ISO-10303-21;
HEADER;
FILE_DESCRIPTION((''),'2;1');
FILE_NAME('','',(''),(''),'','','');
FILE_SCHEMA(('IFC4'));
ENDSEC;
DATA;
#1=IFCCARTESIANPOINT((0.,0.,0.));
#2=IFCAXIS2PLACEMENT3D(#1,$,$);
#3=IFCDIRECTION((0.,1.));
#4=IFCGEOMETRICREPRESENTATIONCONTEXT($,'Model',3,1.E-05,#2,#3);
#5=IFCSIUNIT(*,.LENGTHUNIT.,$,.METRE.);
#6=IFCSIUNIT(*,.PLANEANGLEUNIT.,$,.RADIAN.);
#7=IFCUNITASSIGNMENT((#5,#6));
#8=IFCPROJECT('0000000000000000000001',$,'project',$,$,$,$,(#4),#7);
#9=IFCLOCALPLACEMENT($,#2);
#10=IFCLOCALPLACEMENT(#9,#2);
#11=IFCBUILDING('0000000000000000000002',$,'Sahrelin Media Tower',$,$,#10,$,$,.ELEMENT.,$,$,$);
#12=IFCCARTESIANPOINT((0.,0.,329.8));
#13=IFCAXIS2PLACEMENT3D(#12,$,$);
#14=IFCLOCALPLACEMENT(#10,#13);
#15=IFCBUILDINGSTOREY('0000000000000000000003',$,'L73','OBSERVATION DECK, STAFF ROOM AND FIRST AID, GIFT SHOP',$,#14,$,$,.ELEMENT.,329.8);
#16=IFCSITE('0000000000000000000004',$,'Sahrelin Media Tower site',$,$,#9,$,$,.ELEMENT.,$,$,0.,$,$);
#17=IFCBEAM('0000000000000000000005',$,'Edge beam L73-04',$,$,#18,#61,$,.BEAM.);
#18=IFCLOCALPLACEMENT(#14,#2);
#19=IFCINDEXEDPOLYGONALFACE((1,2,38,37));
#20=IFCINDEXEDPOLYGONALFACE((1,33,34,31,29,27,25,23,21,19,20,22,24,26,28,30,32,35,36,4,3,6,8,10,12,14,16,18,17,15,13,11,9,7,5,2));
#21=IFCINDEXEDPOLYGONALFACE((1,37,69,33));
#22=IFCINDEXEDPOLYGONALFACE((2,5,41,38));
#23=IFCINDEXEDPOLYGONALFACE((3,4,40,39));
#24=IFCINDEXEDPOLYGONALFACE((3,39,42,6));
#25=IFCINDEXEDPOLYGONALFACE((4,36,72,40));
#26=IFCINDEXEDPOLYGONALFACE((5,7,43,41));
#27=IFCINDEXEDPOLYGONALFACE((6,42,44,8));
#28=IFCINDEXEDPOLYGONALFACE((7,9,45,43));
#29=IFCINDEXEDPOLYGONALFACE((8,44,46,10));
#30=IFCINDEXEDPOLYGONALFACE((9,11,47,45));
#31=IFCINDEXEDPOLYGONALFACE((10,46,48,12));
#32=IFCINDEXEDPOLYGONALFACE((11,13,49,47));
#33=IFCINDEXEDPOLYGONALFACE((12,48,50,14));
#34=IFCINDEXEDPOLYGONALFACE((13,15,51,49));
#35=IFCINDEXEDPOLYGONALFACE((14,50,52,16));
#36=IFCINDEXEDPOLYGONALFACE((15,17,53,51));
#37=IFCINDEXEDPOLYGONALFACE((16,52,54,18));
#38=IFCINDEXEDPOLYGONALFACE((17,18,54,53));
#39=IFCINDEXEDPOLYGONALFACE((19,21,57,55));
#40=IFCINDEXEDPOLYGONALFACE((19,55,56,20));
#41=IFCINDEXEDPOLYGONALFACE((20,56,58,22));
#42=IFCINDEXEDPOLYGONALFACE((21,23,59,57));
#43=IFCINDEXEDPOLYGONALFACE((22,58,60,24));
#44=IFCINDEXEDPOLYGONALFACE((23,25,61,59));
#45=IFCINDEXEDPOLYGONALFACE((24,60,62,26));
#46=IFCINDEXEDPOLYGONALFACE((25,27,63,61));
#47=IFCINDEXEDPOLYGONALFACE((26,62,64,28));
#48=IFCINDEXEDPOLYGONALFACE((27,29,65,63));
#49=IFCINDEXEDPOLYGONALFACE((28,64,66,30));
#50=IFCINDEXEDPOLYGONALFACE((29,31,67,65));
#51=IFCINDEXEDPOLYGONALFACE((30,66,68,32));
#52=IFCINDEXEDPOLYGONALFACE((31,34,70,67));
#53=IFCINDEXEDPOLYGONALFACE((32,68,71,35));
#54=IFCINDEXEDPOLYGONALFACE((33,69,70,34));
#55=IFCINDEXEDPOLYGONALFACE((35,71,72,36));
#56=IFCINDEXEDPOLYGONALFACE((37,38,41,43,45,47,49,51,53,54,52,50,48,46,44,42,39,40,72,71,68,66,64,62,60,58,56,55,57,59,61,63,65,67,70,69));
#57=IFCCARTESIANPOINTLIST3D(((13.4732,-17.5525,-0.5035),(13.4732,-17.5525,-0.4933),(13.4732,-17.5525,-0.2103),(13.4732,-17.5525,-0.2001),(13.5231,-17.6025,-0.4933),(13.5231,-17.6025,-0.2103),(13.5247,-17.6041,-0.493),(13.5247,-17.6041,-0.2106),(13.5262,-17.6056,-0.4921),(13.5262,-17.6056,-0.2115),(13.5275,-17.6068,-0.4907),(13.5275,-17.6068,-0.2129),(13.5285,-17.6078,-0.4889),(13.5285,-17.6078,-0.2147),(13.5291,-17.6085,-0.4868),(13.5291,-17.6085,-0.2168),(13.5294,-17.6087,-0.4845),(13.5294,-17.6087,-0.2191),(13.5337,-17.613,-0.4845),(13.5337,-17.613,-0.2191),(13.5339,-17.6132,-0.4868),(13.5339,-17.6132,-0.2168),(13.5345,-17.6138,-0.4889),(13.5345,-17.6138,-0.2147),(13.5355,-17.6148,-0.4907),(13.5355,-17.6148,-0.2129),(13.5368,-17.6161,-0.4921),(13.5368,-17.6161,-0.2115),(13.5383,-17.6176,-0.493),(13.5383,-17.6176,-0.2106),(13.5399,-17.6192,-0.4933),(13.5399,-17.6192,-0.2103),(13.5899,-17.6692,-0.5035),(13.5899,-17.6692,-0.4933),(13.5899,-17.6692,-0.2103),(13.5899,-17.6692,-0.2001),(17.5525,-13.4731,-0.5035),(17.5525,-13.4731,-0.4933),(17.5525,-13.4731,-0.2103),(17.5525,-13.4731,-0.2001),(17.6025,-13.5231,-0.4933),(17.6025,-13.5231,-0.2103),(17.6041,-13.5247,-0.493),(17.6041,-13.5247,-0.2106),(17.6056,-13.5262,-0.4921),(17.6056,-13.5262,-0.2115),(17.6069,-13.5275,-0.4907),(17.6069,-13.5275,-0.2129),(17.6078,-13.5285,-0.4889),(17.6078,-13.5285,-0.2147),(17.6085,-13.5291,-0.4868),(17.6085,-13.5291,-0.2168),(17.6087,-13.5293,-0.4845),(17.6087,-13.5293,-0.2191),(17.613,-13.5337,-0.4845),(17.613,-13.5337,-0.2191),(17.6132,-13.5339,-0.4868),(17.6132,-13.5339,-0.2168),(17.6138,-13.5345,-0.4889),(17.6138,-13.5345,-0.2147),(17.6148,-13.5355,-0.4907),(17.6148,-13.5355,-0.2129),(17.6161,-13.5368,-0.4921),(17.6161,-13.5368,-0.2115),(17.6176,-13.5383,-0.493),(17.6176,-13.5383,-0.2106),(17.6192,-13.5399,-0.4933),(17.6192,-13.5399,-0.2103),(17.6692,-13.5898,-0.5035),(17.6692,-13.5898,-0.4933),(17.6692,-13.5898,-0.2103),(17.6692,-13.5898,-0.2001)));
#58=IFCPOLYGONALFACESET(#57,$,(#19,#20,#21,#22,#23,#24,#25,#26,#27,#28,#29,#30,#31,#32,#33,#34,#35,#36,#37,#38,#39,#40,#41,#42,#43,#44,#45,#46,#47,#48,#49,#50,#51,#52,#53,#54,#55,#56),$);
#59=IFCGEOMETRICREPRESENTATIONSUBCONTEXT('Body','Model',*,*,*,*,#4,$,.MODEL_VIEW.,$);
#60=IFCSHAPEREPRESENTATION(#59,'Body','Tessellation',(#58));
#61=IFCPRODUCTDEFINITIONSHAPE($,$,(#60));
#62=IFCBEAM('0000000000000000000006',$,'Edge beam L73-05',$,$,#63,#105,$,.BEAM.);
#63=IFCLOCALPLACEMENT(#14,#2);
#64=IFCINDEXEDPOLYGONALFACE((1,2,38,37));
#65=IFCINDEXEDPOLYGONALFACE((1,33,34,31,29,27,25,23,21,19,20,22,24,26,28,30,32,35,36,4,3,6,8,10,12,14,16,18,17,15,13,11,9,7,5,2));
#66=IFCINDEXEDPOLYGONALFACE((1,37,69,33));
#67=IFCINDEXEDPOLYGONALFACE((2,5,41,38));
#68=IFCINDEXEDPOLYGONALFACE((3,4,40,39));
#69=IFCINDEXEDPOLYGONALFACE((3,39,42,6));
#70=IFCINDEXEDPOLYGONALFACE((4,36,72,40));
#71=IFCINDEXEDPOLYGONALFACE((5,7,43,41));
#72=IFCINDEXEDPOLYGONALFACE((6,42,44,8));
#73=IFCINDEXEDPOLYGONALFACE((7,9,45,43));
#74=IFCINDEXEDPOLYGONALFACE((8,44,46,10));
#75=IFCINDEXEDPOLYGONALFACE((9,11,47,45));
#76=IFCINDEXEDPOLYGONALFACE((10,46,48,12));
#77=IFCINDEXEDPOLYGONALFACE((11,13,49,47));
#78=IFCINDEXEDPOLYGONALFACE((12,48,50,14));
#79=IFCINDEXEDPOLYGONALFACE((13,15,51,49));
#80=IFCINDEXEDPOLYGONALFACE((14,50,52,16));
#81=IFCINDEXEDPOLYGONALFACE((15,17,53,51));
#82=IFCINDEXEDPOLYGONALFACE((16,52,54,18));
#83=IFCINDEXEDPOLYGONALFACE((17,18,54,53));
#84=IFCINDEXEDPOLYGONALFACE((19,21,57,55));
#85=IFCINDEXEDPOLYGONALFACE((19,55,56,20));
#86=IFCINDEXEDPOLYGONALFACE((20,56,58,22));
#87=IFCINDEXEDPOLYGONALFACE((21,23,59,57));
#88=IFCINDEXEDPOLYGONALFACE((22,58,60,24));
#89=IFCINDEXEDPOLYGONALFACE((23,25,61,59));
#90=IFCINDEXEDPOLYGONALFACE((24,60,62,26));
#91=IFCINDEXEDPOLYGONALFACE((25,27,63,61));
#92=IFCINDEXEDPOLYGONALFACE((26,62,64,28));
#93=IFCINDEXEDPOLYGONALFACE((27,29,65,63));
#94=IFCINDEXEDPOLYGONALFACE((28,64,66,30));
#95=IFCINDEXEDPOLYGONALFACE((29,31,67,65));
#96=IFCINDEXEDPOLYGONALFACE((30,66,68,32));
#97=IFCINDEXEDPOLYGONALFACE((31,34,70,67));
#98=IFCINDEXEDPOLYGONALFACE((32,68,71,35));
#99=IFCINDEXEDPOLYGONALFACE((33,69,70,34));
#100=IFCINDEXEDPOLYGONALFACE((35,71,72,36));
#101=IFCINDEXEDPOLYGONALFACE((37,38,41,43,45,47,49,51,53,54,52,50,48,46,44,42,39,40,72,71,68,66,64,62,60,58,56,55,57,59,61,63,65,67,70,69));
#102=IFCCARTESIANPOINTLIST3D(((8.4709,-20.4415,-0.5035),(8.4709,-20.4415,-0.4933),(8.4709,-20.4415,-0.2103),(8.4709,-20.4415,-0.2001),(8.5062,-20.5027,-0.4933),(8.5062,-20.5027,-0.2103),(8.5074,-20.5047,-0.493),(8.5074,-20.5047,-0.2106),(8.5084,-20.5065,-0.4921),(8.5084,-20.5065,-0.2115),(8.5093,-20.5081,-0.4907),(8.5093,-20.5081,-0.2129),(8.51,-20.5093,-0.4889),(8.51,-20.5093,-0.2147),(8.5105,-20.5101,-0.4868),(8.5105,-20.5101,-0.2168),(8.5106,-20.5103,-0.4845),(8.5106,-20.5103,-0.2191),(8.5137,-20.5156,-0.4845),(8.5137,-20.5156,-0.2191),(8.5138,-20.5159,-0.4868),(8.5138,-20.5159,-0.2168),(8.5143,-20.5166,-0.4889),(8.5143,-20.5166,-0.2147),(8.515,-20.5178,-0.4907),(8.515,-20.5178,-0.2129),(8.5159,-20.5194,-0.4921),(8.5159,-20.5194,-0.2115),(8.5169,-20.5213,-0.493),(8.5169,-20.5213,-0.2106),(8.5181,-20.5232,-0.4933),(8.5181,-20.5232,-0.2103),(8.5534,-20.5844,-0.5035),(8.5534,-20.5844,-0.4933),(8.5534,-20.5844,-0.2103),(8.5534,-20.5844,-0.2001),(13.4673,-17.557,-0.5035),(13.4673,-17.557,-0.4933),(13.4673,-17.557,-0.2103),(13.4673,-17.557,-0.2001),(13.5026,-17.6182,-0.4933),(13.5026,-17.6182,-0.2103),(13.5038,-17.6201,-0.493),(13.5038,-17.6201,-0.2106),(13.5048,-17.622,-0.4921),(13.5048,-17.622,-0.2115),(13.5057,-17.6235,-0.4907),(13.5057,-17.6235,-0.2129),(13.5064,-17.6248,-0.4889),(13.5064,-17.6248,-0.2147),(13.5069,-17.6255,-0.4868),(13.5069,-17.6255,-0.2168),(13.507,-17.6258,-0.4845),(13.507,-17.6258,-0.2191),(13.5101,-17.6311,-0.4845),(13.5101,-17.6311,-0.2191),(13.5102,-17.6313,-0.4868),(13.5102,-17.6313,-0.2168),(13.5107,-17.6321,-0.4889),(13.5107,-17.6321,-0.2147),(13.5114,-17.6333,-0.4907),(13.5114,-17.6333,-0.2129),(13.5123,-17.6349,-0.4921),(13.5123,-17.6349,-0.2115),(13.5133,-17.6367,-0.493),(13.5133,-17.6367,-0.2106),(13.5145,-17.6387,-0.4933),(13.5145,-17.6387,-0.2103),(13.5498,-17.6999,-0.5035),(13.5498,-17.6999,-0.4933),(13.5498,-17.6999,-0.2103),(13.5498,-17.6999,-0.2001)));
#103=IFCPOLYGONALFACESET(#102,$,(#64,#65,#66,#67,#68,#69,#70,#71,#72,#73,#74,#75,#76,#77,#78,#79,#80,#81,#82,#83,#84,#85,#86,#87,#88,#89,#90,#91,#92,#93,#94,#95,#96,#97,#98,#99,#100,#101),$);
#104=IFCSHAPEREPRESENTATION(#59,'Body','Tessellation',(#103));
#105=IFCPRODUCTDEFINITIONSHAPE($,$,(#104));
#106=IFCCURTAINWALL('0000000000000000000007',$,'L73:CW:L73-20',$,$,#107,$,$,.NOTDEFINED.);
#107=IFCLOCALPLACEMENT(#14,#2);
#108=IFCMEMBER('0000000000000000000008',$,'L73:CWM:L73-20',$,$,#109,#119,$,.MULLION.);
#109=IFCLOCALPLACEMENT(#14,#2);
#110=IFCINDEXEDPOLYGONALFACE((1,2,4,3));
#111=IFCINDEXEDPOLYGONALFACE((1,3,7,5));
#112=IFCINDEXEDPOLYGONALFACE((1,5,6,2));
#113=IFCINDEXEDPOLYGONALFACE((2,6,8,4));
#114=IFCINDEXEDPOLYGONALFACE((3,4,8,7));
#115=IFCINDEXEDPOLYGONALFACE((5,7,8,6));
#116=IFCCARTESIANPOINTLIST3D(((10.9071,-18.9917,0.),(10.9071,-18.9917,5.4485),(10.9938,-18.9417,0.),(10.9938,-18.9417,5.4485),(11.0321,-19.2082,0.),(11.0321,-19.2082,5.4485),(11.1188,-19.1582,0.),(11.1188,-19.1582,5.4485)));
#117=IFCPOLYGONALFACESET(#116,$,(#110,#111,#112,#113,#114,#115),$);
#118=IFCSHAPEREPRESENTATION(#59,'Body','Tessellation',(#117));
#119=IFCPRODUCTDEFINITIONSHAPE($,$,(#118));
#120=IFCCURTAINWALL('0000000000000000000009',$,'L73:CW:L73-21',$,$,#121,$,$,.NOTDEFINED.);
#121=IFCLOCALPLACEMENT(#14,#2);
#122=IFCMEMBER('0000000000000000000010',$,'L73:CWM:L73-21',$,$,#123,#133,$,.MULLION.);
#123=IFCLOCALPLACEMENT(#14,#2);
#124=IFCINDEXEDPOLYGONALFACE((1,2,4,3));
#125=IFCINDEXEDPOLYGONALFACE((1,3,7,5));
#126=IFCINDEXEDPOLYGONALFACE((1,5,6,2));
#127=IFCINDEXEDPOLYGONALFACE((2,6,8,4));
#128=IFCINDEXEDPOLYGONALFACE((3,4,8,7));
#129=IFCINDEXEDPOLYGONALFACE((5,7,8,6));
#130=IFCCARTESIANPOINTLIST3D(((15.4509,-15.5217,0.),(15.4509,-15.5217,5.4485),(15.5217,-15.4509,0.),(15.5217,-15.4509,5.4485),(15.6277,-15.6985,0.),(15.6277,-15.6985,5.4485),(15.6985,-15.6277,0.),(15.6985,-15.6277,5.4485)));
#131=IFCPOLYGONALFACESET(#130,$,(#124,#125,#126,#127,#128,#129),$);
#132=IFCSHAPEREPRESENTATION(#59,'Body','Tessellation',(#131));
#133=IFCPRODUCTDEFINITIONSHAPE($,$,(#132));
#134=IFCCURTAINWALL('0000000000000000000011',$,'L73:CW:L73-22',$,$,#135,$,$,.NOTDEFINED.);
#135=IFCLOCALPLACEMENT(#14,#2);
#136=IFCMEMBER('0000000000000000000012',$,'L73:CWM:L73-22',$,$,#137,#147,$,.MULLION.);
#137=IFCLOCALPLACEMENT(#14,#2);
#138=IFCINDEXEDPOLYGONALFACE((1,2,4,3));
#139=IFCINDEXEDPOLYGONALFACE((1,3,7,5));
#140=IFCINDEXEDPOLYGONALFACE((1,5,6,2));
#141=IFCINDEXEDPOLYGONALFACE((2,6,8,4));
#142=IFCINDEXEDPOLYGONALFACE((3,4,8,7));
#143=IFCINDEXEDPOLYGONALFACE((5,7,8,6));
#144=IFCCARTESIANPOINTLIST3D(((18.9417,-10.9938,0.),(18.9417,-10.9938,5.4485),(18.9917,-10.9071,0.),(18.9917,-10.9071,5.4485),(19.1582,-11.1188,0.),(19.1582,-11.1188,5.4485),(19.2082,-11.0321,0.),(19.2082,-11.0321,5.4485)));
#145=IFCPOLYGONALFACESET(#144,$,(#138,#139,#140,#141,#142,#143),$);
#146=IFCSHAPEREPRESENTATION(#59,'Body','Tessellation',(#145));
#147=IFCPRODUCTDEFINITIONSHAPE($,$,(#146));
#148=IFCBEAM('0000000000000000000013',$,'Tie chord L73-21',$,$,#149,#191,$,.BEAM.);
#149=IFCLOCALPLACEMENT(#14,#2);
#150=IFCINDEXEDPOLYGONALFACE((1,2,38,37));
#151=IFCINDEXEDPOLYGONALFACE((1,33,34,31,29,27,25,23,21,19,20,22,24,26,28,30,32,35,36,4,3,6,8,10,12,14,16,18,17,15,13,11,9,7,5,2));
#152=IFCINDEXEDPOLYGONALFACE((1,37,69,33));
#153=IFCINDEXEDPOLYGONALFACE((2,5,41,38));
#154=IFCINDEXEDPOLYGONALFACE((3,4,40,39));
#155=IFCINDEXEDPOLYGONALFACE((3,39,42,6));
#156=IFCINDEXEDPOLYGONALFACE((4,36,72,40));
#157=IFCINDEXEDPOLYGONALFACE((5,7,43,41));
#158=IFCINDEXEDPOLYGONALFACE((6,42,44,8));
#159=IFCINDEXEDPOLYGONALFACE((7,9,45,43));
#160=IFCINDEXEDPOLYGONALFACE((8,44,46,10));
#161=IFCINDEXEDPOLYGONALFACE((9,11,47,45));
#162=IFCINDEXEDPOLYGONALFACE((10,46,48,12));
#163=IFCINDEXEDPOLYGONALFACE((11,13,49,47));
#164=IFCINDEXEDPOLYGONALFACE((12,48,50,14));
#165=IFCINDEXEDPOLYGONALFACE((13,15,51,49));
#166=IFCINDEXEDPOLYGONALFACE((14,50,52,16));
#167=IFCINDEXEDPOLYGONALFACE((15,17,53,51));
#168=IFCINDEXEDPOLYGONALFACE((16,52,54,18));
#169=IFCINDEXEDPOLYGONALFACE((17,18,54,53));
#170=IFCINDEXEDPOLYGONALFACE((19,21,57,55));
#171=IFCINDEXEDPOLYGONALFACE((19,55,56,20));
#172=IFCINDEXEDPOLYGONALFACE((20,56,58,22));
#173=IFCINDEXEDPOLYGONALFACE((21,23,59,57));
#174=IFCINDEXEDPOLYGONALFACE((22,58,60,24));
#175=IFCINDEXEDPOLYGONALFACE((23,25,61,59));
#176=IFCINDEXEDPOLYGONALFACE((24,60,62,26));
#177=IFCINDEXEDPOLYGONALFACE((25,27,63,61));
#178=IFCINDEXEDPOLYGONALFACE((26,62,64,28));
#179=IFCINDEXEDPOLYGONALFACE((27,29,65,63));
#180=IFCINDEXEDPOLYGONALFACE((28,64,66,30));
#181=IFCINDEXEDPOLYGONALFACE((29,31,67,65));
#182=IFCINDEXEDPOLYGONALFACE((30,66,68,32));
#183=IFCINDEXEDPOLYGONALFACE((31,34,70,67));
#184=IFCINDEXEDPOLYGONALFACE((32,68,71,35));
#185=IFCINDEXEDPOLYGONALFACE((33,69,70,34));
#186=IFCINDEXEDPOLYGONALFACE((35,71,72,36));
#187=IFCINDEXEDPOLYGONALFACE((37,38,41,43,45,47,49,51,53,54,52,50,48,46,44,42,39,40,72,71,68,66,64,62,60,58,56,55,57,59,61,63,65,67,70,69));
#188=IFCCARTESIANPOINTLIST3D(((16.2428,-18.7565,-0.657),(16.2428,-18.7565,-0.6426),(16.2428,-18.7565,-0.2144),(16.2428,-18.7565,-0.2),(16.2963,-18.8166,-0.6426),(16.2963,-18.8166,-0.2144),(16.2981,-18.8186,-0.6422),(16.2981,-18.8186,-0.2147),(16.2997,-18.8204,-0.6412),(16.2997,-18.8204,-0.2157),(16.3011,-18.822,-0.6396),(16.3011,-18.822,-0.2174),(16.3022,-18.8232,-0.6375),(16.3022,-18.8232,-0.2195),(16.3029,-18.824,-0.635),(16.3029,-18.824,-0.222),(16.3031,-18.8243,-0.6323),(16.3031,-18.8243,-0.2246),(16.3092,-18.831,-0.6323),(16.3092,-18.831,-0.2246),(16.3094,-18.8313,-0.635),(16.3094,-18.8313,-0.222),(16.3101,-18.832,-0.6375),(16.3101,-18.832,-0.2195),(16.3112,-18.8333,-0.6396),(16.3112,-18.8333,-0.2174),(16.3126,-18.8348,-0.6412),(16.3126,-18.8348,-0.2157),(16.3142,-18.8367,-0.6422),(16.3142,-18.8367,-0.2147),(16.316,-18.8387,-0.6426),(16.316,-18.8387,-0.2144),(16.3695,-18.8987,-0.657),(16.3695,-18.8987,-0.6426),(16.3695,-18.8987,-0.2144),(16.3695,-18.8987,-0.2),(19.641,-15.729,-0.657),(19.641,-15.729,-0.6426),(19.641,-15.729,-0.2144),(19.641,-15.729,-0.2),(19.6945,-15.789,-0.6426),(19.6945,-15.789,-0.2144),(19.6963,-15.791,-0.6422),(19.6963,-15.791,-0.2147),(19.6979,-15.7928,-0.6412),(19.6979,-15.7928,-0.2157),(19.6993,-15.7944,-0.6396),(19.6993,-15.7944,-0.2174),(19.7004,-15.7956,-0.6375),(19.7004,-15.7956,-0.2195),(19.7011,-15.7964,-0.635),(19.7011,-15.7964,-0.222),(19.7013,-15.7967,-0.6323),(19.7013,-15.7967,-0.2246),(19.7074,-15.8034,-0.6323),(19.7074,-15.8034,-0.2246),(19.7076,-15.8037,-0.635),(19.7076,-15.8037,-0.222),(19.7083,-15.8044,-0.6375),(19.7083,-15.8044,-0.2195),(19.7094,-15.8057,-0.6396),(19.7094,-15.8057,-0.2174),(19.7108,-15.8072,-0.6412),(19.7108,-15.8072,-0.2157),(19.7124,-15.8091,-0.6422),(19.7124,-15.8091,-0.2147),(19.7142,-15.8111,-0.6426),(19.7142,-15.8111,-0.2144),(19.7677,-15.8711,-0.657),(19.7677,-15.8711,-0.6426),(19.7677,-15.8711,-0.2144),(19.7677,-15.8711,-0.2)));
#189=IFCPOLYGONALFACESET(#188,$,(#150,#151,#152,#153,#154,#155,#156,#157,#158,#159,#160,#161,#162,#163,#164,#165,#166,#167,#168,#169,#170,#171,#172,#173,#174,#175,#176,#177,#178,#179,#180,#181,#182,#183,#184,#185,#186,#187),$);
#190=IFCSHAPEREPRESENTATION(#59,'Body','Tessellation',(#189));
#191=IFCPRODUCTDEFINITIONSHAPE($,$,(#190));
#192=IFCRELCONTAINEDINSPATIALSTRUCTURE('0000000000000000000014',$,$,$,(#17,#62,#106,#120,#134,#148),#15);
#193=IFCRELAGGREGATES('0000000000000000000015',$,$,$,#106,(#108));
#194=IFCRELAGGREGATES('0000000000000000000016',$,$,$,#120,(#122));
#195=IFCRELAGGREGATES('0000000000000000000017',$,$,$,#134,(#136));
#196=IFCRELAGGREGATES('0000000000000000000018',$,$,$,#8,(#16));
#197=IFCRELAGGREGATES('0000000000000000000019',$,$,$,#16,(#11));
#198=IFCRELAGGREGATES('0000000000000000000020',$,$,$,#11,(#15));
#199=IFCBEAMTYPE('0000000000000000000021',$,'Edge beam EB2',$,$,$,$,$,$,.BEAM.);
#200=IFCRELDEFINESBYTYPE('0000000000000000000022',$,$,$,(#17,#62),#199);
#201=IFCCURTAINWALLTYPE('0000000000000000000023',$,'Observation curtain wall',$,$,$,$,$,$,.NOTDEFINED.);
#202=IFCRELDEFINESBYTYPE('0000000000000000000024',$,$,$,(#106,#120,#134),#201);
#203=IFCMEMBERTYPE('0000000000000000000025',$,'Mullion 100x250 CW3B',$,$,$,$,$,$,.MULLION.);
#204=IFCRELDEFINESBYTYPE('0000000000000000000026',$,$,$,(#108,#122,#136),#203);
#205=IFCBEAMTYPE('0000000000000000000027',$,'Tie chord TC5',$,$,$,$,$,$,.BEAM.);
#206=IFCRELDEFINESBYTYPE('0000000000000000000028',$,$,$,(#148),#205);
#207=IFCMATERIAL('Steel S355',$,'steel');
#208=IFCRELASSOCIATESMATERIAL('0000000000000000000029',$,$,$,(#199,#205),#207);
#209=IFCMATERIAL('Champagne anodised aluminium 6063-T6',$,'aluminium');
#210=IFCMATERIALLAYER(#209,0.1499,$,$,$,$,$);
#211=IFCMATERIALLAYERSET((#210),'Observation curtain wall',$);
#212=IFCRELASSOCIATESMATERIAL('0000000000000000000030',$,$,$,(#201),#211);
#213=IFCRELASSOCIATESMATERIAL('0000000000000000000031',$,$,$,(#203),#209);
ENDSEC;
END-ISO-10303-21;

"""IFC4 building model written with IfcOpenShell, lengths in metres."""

from ifc_helpers import new_model, si_unit, direction, frame, origin, origin_2d, place, context, subcontext, project, spatial, rectangle, i_section, extrude, material, layer, layer_set, material_profile, profile_set, type_object, element, aggregate, save


model = new_model("IFC4")

# Units and contexts
model_context = context("Model", 3, precision=1e-05, world=origin(), true_north=direction((0.0, 1.0)))
body_context = subcontext(model_context, "Body", "Model", "MODEL_VIEW")
ifc_project = project(units=[si_unit("LENGTHUNIT", "METRE"), si_unit("PLANEANGLEUNIT", "RADIAN")], contexts=[model_context])

# Site, building, storey
site_placement = place(None, origin())
site = spatial("IfcSite", under=ifc_project, at=site_placement, Name="Sahrelin Media Tower site", CompositionType="ELEMENT", RefElevation=0.0)
building_placement = place(site_placement, origin())
building = spatial("IfcBuilding", under=site, at=building_placement, Name="Sahrelin Media Tower", CompositionType="ELEMENT")
storey_placement = place(building_placement, frame((0.0, 0.0, 329.8)))
storey = spatial("IfcBuildingStorey", under=building, at=storey_placement, Name="L73", Description="OBSERVATION DECK, STAFF ROOM AND FIRST AID, GIFT SHOP", CompositionType="ELEMENT", Elevation=329.8)

# Beams
ifc_material_1 = material(Name="Steel S355", Category="steel")
ifc_material_profile_1 = material_profile(ifc_material_1, i_section(OverallWidth=0.165, OverallDepth=0.3035, WebThickness=0.0061, FlangeThickness=0.0103, FilletRadius=0.0088, at=origin_2d()), Name="UB 305x165x40")
ifc_profile_set_1 = profile_set([ifc_material_profile_1], Name="Steel S355")
beam_type_1 = type_object("IfcBeamType", Name="Edge beam EB2", PredefinedType="BEAM", material=ifc_profile_set_1)
beam_1_placement = place(storey_placement, frame((17.6108, -13.5315, -0.3518), z_axis=(-0.707107, -0.707107, 0.0), x_axis=(0.707107, -0.707107, 0.0)))
element("IfcBeam", 1, at=beam_1_placement, inside=storey, type_object=beam_type_1, Name="Edge beam L73-04", PredefinedType="BEAM", context=body_context, shape_type="SweptSolid", body=[
    extrude(i_section(OverallWidth=0.165, OverallDepth=0.3035, WebThickness=0.0061, FlangeThickness=0.0103, FilletRadius=0.0088, at=origin_2d()), origin(), (0.0, 0.0, 1.0), 5.769),
])
beam_2_placement = place(storey_placement, frame((13.5085, -17.6284, -0.3518), z_axis=(-0.866034, -0.499985, 0.0), x_axis=(0.499985, -0.866034, 0.0)))
element("IfcBeam", 2, at=beam_2_placement, inside=storey, type_object=beam_type_1, Name="Edge beam L73-05", PredefinedType="BEAM", context=body_context, shape_type="SweptSolid", body=[
    extrude(i_section(OverallWidth=0.165, OverallDepth=0.3035, WebThickness=0.0061, FlangeThickness=0.0103, FilletRadius=0.0088, at=origin_2d()), origin(), (0.0, 0.0, 1.0), 5.7693),
])

# Curtain walls, members
ifc_material_2 = material(Name="Champagne anodised aluminium 6063-T6", Category="aluminium")
ifc_layer_1 = layer(ifc_material_2, 0.1499)
ifc_layer_set_1 = layer_set([ifc_layer_1], Name="Observation curtain wall")
curtain_wall_type = type_object("IfcCurtainWallType", Name="Observation curtain wall", PredefinedType="NOTDEFINED", material=ifc_layer_set_1)
curtain_wall_1_placement = place(storey_placement, frame((11.0854, -19.2004, 0.0), z_axis=(0.0, 0.0, 1.0), x_axis=(1.0, 0.0, 0.0)))
curtain_wall_1 = element("IfcCurtainWall", 3, at=curtain_wall_1_placement, inside=storey, type_object=curtain_wall_type, Name="L73:CW:L73-20", PredefinedType="NOTDEFINED")
ifc_material_profile_2 = material_profile(ifc_material_2, rectangle(XDim=0.1001, YDim=0.25, at=origin_2d()), Name="Mullion 100x250")
ifc_profile_set_2 = profile_set([ifc_material_profile_2], Name="Champagne anodised aluminium 6063-T6")
member_type_1 = type_object("IfcMemberType", Name="Mullion 100x250 CW3B", PredefinedType="MULLION", material=ifc_profile_set_2)
member_1_placement = place(storey_placement, frame((11.0129, -19.075, 0.0), z_axis=(0.0, 0.0, 1.0), x_axis=(0.866029, 0.499994, 0.0)))
member_1 = element("IfcMember", 4, at=member_1_placement, type_object=member_type_1, Name="L73:CWM:L73-20", PredefinedType="MULLION", context=body_context, shape_type="SweptSolid", body=[
    extrude(rectangle(XDim=0.1001, YDim=0.25, at=origin_2d()), origin(), (0.0, 0.0, 1.0), 5.4485),
])
aggregate(curtain_wall_1, [member_1])
curtain_wall_2_placement = place(storey_placement, frame((15.677, -15.677, 0.0), z_axis=(0.0, 0.0, 1.0), x_axis=(1.0, 0.0, 0.0)))
curtain_wall_2 = element("IfcCurtainWall", 5, at=curtain_wall_2_placement, inside=storey, type_object=curtain_wall_type, Name="L73:CW:L73-21", PredefinedType="NOTDEFINED")
member_2_placement = place(storey_placement, frame((15.5747, -15.5747, 0.0), z_axis=(0.0, 0.0, 1.0), x_axis=(0.707107, 0.707107, 0.0)))
member_2 = element("IfcMember", 6, at=member_2_placement, type_object=member_type_1, Name="L73:CWM:L73-21", PredefinedType="MULLION", context=body_context, shape_type="SweptSolid", body=[
    extrude(rectangle(XDim=0.1001, YDim=0.25, at=origin_2d()), origin(), (0.0, 0.0, 1.0), 5.4485),
])
curtain_wall_3_placement = place(storey_placement, frame((19.2004, -11.0854, 0.0), z_axis=(0.0, 0.0, 1.0), x_axis=(1.0, 0.0, 0.0)))
curtain_wall_3 = element("IfcCurtainWall", 7, at=curtain_wall_3_placement, inside=storey, type_object=curtain_wall_type, Name="L73:CW:L73-22", PredefinedType="NOTDEFINED")
member_3_placement = place(storey_placement, frame((19.075, -11.0129, 0.0), z_axis=(0.0, 0.0, 1.0), x_axis=(0.499994, 0.866029, 0.0)))
member_3 = element("IfcMember", 8, at=member_3_placement, type_object=member_type_1, Name="L73:CWM:L73-22", PredefinedType="MULLION", context=body_context, shape_type="SweptSolid", body=[
    extrude(rectangle(XDim=0.1001, YDim=0.25, at=origin_2d()), origin(), (0.0, 0.0, 1.0), 5.4485),
])

# Beam
ifc_material_profile_3 = material_profile(ifc_material_1, i_section(OverallWidth=0.1904, OverallDepth=0.457, WebThickness=0.009, FlangeThickness=0.0144, FilletRadius=0.0103, at=origin_2d()), Name="UB 457x191x74")
ifc_profile_set_3 = profile_set([ifc_material_profile_3], Name="Steel S355")
beam_type_2 = type_object("IfcBeamType", Name="Tie chord TC5", PredefinedType="BEAM", material=ifc_profile_set_3)
beam_3_placement = place(storey_placement, frame((16.3062, -18.8276, -0.4285), z_axis=(0.746648, 0.665219, 0.0), x_axis=(-0.665219, 0.746648, 0.0)))
element("IfcBeam", 9, at=beam_3_placement, inside=storey, type_object=beam_type_2, Name="Tie chord L73-21", PredefinedType="BEAM", context=body_context, shape_type="SweptSolid", body=[
    extrude(i_section(OverallWidth=0.1904, OverallDepth=0.457, WebThickness=0.009, FlangeThickness=0.0144, FilletRadius=0.0103, at=origin_2d()), origin(), (0.0, 0.0, 1.0), 4.5513),
])

aggregate(curtain_wall_2, [member_2])
aggregate(curtain_wall_3, [member_3])

save(model, "model.ifc")
